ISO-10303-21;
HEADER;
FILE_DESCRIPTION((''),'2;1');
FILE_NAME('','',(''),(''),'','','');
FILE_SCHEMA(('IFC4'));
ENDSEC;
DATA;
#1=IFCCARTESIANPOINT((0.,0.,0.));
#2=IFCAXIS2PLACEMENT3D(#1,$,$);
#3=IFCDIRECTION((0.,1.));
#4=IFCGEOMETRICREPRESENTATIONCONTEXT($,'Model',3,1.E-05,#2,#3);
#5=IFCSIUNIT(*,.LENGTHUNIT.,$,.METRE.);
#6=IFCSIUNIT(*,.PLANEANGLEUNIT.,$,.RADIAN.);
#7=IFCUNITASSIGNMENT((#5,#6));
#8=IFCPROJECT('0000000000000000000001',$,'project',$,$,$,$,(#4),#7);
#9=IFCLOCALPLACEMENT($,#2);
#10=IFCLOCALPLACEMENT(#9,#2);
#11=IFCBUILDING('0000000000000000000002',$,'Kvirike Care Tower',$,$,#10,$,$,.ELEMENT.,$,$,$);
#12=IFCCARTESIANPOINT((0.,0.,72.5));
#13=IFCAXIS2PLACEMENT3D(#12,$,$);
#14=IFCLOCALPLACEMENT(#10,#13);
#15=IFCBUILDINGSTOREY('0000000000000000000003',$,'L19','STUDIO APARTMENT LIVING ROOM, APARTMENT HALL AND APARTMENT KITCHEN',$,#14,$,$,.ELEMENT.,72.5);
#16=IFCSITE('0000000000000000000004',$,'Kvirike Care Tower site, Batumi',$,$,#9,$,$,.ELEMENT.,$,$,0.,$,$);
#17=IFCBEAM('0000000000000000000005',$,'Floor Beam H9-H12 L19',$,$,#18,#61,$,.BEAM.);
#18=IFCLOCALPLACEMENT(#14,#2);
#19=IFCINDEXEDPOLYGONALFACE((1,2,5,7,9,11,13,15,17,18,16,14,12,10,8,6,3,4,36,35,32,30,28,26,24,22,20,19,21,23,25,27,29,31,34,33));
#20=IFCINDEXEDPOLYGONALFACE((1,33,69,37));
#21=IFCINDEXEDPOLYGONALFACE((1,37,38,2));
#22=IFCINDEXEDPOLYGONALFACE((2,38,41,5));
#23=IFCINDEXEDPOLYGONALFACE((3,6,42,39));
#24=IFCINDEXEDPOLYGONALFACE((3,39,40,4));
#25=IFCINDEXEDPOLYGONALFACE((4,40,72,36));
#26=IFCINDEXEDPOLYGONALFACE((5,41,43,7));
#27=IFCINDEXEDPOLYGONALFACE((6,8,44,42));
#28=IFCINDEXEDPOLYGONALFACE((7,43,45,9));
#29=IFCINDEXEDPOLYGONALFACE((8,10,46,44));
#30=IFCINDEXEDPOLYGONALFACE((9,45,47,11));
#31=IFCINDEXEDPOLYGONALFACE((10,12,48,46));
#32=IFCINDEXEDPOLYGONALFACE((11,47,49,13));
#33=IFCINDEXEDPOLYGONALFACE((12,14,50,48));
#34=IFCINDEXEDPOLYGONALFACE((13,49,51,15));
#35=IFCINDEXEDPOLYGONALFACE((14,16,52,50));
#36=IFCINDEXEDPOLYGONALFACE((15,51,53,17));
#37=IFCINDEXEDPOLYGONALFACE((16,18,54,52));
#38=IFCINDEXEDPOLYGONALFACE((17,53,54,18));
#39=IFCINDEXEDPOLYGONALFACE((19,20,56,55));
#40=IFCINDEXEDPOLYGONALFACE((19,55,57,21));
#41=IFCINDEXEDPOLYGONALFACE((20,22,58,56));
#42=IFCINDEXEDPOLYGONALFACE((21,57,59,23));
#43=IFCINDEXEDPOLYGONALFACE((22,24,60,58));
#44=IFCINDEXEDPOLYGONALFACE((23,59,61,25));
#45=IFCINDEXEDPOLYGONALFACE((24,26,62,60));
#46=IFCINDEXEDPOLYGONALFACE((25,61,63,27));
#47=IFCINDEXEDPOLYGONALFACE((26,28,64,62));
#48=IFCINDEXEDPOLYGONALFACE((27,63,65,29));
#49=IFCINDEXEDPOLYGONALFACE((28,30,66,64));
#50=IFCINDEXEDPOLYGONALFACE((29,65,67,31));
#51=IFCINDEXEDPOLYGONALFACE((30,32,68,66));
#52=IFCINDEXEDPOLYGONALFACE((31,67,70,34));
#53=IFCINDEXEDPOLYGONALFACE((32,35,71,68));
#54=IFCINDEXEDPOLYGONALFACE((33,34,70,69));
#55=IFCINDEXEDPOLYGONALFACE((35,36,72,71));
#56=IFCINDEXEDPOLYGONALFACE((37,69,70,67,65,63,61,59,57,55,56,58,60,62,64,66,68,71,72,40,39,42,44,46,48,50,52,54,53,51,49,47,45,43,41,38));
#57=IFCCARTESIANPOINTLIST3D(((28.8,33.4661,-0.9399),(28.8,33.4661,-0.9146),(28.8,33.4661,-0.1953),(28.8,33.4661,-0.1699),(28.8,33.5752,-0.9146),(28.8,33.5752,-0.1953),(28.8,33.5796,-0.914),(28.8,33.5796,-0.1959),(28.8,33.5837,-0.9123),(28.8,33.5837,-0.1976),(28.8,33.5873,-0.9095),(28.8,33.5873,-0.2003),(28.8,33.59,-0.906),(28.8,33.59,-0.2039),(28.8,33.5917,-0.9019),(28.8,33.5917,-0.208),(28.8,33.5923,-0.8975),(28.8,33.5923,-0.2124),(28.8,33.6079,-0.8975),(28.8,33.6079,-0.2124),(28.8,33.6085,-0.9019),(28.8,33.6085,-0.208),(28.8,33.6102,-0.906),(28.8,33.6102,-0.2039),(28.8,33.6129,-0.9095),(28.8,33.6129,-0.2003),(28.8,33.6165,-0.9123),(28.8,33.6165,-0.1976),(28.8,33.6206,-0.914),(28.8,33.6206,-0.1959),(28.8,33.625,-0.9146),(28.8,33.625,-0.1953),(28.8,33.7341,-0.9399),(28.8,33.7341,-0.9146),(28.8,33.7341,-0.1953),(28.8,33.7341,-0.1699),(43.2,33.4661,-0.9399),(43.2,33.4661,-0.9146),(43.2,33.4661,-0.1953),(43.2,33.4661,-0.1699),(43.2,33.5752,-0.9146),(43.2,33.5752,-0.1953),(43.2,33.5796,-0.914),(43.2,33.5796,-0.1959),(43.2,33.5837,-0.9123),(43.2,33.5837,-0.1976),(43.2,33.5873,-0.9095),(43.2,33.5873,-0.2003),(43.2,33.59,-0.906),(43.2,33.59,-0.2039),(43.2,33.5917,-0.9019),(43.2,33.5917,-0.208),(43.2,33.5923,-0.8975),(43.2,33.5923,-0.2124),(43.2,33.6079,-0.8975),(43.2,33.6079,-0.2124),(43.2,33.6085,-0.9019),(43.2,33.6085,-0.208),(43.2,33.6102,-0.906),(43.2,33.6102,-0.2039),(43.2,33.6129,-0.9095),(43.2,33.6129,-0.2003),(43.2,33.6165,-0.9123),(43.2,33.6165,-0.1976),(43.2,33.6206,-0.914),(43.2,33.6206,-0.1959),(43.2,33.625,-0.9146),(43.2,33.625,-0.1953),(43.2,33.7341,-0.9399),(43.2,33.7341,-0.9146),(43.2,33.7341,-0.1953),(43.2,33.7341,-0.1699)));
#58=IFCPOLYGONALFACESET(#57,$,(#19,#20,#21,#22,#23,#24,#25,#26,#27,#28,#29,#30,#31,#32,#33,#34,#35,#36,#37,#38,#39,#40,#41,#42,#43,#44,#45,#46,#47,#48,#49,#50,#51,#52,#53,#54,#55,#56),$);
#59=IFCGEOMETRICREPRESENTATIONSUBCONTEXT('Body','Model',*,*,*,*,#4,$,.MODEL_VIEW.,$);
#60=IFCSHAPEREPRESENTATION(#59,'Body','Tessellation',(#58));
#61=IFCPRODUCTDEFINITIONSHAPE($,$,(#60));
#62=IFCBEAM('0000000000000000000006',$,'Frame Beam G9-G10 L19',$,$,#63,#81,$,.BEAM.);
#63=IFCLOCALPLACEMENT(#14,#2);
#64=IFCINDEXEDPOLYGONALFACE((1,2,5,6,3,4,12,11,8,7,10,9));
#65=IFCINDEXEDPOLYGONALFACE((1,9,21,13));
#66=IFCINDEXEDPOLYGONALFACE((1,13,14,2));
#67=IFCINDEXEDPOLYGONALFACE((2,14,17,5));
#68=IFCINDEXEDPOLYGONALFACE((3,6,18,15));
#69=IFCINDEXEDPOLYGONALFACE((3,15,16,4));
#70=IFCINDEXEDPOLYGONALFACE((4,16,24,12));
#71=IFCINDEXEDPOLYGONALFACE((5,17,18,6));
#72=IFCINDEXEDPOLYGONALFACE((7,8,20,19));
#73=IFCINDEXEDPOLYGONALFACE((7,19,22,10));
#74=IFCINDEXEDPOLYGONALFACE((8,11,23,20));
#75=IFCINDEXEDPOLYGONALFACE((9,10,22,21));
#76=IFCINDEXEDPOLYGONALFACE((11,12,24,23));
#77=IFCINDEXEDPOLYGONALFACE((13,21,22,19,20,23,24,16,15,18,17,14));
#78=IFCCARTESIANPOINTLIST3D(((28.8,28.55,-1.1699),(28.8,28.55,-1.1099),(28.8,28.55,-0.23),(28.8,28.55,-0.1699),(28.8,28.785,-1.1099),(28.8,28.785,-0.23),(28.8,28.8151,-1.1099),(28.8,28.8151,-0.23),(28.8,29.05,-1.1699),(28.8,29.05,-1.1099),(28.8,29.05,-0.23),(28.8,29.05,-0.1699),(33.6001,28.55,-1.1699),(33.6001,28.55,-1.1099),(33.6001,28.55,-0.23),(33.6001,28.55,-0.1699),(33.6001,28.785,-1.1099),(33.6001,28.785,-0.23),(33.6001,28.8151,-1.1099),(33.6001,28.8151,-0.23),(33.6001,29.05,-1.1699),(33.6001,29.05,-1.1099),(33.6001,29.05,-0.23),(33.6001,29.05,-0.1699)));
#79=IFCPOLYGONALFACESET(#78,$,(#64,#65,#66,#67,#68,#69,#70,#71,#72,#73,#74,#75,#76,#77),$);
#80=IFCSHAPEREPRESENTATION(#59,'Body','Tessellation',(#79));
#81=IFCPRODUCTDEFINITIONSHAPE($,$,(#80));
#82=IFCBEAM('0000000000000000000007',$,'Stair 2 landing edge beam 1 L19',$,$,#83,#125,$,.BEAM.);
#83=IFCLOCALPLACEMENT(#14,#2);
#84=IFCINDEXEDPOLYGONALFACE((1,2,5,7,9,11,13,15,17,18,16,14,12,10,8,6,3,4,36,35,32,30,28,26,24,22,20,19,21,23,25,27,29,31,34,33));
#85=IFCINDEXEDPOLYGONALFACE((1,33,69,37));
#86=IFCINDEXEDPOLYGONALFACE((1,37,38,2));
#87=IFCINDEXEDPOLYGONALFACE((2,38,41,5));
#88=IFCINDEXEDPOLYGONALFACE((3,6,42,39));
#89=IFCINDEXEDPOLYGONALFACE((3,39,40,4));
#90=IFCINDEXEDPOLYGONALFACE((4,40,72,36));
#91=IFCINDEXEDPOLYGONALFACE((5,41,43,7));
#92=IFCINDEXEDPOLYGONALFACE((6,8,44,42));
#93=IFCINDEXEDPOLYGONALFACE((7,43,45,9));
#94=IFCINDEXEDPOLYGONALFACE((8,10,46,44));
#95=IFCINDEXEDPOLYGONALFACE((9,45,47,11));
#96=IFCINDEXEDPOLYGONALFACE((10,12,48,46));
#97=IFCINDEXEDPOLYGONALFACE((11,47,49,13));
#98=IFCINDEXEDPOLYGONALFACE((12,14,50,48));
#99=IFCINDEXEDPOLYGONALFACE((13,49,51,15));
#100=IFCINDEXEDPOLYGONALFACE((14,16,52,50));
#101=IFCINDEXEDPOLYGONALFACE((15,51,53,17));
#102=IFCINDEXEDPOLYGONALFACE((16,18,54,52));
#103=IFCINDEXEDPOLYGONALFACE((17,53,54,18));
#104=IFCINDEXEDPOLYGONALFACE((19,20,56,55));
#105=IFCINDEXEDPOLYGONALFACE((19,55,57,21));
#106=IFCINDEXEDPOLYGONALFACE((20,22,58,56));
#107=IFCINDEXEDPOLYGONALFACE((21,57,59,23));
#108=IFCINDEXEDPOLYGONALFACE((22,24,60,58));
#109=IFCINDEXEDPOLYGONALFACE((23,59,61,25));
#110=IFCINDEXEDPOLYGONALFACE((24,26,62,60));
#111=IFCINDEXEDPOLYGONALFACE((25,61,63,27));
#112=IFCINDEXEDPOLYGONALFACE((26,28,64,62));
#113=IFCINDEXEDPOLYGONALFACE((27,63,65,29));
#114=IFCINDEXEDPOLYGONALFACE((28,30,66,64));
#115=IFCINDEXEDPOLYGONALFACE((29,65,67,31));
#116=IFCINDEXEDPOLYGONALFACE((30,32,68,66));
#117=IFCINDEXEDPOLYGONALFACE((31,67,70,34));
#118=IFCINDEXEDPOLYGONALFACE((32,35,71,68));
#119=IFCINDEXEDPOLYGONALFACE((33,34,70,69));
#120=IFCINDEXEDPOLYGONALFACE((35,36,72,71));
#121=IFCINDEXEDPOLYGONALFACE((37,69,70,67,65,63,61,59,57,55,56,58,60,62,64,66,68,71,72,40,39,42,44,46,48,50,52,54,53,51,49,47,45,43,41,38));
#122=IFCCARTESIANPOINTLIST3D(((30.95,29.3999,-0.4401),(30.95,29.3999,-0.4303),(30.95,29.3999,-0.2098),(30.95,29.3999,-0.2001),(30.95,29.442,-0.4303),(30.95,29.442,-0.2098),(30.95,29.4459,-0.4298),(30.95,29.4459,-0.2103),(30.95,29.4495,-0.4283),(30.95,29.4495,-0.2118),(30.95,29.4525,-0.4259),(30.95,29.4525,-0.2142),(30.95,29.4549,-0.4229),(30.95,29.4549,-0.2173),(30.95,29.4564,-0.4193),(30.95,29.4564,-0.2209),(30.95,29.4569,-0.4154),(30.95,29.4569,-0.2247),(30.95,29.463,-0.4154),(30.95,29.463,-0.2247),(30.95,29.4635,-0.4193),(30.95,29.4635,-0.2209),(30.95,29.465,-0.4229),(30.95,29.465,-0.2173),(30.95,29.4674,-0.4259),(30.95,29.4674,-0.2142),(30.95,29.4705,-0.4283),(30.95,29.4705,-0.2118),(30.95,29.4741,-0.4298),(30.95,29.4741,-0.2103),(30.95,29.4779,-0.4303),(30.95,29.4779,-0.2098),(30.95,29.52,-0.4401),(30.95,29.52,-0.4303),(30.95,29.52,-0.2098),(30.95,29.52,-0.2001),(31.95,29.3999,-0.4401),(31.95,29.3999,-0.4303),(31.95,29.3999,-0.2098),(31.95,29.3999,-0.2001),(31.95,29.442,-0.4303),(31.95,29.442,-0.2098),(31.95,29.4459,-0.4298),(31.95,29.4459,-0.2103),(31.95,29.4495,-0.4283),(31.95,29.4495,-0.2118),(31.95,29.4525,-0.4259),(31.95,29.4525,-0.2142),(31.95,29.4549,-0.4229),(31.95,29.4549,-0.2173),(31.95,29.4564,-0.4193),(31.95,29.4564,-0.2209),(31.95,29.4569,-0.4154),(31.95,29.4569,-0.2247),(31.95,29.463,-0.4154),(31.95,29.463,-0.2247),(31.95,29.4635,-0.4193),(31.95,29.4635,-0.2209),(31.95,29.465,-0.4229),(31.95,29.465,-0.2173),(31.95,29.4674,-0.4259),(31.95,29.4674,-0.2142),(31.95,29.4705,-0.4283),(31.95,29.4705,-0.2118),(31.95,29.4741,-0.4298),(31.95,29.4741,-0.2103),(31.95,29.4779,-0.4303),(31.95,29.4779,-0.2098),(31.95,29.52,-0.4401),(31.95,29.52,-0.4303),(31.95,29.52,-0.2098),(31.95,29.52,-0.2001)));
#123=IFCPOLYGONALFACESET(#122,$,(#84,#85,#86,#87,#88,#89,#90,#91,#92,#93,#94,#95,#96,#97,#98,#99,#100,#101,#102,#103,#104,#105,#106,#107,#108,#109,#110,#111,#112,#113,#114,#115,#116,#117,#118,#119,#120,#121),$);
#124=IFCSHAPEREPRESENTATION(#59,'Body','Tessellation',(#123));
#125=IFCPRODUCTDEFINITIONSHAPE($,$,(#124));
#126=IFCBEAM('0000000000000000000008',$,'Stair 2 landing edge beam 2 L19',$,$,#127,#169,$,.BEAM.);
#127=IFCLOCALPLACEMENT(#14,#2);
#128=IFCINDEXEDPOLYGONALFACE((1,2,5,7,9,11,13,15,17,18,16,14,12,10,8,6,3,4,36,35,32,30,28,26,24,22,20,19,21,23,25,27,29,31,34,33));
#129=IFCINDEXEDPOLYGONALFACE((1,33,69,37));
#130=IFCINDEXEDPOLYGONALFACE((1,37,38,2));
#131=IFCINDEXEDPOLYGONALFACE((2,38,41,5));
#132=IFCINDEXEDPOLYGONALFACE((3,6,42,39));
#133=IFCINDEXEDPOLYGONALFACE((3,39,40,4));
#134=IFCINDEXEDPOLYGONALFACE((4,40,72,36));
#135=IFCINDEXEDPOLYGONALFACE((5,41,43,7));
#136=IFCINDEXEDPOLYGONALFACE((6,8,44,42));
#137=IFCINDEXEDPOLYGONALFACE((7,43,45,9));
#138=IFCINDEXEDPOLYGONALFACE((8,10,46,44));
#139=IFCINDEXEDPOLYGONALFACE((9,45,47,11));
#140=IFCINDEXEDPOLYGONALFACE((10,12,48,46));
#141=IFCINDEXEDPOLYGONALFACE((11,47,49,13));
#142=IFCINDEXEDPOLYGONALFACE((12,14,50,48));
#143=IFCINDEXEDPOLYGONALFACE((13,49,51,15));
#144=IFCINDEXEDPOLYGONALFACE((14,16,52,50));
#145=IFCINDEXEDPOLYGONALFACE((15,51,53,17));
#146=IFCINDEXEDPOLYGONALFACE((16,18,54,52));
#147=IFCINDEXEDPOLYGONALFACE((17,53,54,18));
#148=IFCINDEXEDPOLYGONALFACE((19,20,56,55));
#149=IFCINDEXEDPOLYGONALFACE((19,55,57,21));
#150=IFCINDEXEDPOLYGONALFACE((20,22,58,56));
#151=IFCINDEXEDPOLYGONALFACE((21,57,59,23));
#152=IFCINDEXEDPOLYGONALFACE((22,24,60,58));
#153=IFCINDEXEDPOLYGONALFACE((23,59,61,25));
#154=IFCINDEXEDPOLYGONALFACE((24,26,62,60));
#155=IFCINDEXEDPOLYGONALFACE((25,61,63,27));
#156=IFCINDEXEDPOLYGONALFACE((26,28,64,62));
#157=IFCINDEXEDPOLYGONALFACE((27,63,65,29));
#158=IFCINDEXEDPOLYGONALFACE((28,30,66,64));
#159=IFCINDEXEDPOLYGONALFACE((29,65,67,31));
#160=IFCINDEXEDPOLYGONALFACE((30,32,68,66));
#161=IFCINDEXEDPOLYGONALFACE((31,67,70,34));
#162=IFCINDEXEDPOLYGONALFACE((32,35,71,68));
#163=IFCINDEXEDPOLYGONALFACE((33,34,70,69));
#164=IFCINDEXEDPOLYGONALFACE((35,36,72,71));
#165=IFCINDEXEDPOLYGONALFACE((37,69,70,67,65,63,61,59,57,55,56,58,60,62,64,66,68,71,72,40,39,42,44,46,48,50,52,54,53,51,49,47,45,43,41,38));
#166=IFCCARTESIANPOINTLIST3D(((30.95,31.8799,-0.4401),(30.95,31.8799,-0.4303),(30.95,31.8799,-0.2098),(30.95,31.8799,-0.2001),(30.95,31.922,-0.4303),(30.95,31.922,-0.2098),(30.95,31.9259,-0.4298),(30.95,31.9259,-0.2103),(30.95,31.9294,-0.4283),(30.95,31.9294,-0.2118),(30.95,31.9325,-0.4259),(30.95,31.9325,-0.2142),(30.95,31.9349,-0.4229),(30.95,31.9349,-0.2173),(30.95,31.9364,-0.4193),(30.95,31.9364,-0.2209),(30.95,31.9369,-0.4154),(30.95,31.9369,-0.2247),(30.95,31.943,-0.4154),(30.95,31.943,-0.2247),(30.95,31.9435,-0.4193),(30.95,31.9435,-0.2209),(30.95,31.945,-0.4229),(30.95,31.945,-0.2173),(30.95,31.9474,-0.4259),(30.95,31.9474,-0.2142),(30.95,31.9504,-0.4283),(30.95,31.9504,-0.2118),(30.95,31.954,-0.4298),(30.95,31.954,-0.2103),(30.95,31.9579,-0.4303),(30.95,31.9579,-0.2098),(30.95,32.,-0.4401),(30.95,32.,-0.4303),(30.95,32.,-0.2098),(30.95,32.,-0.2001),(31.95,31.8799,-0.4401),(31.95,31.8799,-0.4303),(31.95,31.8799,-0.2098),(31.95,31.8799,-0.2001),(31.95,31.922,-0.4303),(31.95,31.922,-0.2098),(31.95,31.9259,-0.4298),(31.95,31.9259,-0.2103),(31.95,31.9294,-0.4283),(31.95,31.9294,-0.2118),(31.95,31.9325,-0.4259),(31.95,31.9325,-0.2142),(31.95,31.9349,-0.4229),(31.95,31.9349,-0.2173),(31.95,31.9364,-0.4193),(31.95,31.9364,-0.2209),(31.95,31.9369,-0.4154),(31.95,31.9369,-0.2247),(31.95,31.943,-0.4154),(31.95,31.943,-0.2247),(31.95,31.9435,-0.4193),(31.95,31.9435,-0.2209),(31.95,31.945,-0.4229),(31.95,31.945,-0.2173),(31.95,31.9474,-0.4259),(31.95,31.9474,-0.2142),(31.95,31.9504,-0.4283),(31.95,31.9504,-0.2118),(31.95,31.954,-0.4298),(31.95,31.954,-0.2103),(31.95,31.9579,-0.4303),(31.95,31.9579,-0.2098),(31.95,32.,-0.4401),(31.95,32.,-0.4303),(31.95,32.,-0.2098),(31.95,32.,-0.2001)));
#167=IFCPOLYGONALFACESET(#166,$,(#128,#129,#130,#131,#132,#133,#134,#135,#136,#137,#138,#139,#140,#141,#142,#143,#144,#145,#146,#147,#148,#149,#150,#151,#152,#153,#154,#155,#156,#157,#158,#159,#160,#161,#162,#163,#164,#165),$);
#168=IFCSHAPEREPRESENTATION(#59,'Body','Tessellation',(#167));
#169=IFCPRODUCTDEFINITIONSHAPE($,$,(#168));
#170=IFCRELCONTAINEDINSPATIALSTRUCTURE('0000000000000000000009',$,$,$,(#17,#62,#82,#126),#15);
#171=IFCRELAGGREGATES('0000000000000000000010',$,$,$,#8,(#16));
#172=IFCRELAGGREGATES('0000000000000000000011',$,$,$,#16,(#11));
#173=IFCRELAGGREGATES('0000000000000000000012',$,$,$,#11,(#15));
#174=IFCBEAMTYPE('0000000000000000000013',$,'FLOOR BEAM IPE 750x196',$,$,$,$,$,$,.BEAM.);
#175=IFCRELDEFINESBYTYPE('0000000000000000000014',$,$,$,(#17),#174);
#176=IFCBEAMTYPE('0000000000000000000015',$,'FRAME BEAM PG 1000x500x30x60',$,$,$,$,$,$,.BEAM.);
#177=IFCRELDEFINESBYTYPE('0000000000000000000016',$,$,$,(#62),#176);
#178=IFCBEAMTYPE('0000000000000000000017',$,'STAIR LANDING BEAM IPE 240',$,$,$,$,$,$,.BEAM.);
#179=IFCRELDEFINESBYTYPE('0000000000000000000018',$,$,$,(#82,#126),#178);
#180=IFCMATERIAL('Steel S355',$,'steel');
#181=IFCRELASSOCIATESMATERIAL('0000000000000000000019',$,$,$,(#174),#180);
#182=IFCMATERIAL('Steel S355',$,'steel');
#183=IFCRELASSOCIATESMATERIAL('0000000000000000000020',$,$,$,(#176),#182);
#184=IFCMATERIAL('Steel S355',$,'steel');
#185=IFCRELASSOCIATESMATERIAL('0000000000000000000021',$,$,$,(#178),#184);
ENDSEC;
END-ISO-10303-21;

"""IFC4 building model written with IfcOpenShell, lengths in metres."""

from ifc_helpers import new_model, si_unit, direction, frame, origin, origin_2d, place, context, subcontext, project, spatial, i_section, extrude, material, material_profile, profile_set, type_object, element, save


model = new_model("IFC4")

# Units and contexts
model_context = context("Model", 3, precision=1e-05, world=origin(), true_north=direction((0.0, 1.0)))
body_context = subcontext(model_context, "Body", "Model", "MODEL_VIEW")
ifc_project = project(units=[si_unit("LENGTHUNIT", "METRE"), si_unit("PLANEANGLEUNIT", "RADIAN")], contexts=[model_context])

# Site, building, storey
site_placement = place(None, origin())
site = spatial("IfcSite", under=ifc_project, at=site_placement, Name="Kvirike Care Tower site, Batumi", CompositionType="ELEMENT", RefElevation=0.0)
building_placement = place(site_placement, origin())
building = spatial("IfcBuilding", under=site, at=building_placement, Name="Kvirike Care Tower", CompositionType="ELEMENT")
storey_placement = place(building_placement, frame((0.0, 0.0, 72.5)))
storey = spatial("IfcBuildingStorey", under=building, at=storey_placement, Name="L19", Description="STUDIO APARTMENT LIVING ROOM, APARTMENT HALL AND APARTMENT KITCHEN", CompositionType="ELEMENT", Elevation=72.5)

# Beams
ifc_material_1 = material(Name="Steel S355", Category="steel")
ifc_material_profile_1 = material_profile(ifc_material_1, i_section(OverallWidth=0.2681, OverallDepth=0.77, WebThickness=0.0156, FlangeThickness=0.0254, FilletRadius=0.0171, at=origin_2d()), Name="IPE 750x196")
ifc_profile_set_1 = profile_set([ifc_material_profile_1], Name="Steel S355")
beam_type_1 = type_object("IfcBeamType", Name="FLOOR BEAM IPE 750x196", PredefinedType="BEAM", material=ifc_profile_set_1)
beam_1_placement = place(storey_placement, frame((28.8, 33.6001, -0.5549), z_axis=(1.0, 0.0, 0.0), x_axis=(0.0, 1.0, 0.0)))
element("IfcBeam", 1, at=beam_1_placement, inside=storey, type_object=beam_type_1, Name="Floor Beam H9-H12 L19", PredefinedType="BEAM", context=body_context, shape_type="SweptSolid", body=[
    extrude(i_section(OverallWidth=0.2681, OverallDepth=0.77, WebThickness=0.0156, FlangeThickness=0.0254, FilletRadius=0.0171, at=origin_2d()), origin(), (0.0, 0.0, 1.0), 14.3999),
])
ifc_material_2 = material(Name="Steel S355", Category="steel")
ifc_material_profile_2 = material_profile(ifc_material_2, i_section(OverallWidth=0.5, OverallDepth=1.0, WebThickness=0.03, FlangeThickness=0.0601, at=origin_2d()), Name="PG 1000x500x30x60")
ifc_profile_set_2 = profile_set([ifc_material_profile_2], Name="Steel S355")
beam_type_2 = type_object("IfcBeamType", Name="FRAME BEAM PG 1000x500x30x60", PredefinedType="BEAM", material=ifc_profile_set_2)
beam_2_placement = place(storey_placement, frame((28.8, 28.8, -0.6699), z_axis=(1.0, 0.0, 0.0), x_axis=(0.0, 1.0, 0.0)))
element("IfcBeam", 2, at=beam_2_placement, inside=storey, type_object=beam_type_2, Name="Frame Beam G9-G10 L19", PredefinedType="BEAM", context=body_context, shape_type="SweptSolid", body=[
    extrude(i_section(OverallWidth=0.5, OverallDepth=1.0, WebThickness=0.03, FlangeThickness=0.0601, at=origin_2d()), origin(), (0.0, 0.0, 1.0), 4.8),
])
ifc_material_3 = material(Name="Steel S355", Category="steel")
ifc_material_profile_3 = material_profile(ifc_material_3, i_section(OverallWidth=0.1201, OverallDepth=0.24, WebThickness=0.0061, FlangeThickness=0.0098, FilletRadius=0.0149, at=origin_2d()), Name="IPE 240")
ifc_profile_set_3 = profile_set([ifc_material_profile_3], Name="Steel S355")
beam_type_3 = type_object("IfcBeamType", Name="STAIR LANDING BEAM IPE 240", PredefinedType="BEAM", material=ifc_profile_set_3)
for number, where, z_axis, x_axis, name in (
    (3, (31.95, 29.46, -0.3201), (-1.0, 0.0, 0.0), (0.0, -1.0, 0.0), "Stair 2 landing edge beam 1 L19"),
    (4, (31.95, 31.9399, -0.3201), (-1.0, 0.0, 0.0), (0.0, -1.0, 0.0), "Stair 2 landing edge beam 2 L19"),
):
    element("IfcBeam", number, at=place(storey_placement, frame(where, z_axis=z_axis, x_axis=x_axis)), inside=storey, type_object=beam_type_3, Name=name, PredefinedType="BEAM", context=body_context, shape_type="SweptSolid", body=[
        extrude(i_section(OverallWidth=0.1201, OverallDepth=0.24, WebThickness=0.0061, FlangeThickness=0.0098, FilletRadius=0.0149, at=origin_2d()), origin(), (0.0, 0.0, 1.0), 1.0),
    ])

save(model, "model.ifc")
